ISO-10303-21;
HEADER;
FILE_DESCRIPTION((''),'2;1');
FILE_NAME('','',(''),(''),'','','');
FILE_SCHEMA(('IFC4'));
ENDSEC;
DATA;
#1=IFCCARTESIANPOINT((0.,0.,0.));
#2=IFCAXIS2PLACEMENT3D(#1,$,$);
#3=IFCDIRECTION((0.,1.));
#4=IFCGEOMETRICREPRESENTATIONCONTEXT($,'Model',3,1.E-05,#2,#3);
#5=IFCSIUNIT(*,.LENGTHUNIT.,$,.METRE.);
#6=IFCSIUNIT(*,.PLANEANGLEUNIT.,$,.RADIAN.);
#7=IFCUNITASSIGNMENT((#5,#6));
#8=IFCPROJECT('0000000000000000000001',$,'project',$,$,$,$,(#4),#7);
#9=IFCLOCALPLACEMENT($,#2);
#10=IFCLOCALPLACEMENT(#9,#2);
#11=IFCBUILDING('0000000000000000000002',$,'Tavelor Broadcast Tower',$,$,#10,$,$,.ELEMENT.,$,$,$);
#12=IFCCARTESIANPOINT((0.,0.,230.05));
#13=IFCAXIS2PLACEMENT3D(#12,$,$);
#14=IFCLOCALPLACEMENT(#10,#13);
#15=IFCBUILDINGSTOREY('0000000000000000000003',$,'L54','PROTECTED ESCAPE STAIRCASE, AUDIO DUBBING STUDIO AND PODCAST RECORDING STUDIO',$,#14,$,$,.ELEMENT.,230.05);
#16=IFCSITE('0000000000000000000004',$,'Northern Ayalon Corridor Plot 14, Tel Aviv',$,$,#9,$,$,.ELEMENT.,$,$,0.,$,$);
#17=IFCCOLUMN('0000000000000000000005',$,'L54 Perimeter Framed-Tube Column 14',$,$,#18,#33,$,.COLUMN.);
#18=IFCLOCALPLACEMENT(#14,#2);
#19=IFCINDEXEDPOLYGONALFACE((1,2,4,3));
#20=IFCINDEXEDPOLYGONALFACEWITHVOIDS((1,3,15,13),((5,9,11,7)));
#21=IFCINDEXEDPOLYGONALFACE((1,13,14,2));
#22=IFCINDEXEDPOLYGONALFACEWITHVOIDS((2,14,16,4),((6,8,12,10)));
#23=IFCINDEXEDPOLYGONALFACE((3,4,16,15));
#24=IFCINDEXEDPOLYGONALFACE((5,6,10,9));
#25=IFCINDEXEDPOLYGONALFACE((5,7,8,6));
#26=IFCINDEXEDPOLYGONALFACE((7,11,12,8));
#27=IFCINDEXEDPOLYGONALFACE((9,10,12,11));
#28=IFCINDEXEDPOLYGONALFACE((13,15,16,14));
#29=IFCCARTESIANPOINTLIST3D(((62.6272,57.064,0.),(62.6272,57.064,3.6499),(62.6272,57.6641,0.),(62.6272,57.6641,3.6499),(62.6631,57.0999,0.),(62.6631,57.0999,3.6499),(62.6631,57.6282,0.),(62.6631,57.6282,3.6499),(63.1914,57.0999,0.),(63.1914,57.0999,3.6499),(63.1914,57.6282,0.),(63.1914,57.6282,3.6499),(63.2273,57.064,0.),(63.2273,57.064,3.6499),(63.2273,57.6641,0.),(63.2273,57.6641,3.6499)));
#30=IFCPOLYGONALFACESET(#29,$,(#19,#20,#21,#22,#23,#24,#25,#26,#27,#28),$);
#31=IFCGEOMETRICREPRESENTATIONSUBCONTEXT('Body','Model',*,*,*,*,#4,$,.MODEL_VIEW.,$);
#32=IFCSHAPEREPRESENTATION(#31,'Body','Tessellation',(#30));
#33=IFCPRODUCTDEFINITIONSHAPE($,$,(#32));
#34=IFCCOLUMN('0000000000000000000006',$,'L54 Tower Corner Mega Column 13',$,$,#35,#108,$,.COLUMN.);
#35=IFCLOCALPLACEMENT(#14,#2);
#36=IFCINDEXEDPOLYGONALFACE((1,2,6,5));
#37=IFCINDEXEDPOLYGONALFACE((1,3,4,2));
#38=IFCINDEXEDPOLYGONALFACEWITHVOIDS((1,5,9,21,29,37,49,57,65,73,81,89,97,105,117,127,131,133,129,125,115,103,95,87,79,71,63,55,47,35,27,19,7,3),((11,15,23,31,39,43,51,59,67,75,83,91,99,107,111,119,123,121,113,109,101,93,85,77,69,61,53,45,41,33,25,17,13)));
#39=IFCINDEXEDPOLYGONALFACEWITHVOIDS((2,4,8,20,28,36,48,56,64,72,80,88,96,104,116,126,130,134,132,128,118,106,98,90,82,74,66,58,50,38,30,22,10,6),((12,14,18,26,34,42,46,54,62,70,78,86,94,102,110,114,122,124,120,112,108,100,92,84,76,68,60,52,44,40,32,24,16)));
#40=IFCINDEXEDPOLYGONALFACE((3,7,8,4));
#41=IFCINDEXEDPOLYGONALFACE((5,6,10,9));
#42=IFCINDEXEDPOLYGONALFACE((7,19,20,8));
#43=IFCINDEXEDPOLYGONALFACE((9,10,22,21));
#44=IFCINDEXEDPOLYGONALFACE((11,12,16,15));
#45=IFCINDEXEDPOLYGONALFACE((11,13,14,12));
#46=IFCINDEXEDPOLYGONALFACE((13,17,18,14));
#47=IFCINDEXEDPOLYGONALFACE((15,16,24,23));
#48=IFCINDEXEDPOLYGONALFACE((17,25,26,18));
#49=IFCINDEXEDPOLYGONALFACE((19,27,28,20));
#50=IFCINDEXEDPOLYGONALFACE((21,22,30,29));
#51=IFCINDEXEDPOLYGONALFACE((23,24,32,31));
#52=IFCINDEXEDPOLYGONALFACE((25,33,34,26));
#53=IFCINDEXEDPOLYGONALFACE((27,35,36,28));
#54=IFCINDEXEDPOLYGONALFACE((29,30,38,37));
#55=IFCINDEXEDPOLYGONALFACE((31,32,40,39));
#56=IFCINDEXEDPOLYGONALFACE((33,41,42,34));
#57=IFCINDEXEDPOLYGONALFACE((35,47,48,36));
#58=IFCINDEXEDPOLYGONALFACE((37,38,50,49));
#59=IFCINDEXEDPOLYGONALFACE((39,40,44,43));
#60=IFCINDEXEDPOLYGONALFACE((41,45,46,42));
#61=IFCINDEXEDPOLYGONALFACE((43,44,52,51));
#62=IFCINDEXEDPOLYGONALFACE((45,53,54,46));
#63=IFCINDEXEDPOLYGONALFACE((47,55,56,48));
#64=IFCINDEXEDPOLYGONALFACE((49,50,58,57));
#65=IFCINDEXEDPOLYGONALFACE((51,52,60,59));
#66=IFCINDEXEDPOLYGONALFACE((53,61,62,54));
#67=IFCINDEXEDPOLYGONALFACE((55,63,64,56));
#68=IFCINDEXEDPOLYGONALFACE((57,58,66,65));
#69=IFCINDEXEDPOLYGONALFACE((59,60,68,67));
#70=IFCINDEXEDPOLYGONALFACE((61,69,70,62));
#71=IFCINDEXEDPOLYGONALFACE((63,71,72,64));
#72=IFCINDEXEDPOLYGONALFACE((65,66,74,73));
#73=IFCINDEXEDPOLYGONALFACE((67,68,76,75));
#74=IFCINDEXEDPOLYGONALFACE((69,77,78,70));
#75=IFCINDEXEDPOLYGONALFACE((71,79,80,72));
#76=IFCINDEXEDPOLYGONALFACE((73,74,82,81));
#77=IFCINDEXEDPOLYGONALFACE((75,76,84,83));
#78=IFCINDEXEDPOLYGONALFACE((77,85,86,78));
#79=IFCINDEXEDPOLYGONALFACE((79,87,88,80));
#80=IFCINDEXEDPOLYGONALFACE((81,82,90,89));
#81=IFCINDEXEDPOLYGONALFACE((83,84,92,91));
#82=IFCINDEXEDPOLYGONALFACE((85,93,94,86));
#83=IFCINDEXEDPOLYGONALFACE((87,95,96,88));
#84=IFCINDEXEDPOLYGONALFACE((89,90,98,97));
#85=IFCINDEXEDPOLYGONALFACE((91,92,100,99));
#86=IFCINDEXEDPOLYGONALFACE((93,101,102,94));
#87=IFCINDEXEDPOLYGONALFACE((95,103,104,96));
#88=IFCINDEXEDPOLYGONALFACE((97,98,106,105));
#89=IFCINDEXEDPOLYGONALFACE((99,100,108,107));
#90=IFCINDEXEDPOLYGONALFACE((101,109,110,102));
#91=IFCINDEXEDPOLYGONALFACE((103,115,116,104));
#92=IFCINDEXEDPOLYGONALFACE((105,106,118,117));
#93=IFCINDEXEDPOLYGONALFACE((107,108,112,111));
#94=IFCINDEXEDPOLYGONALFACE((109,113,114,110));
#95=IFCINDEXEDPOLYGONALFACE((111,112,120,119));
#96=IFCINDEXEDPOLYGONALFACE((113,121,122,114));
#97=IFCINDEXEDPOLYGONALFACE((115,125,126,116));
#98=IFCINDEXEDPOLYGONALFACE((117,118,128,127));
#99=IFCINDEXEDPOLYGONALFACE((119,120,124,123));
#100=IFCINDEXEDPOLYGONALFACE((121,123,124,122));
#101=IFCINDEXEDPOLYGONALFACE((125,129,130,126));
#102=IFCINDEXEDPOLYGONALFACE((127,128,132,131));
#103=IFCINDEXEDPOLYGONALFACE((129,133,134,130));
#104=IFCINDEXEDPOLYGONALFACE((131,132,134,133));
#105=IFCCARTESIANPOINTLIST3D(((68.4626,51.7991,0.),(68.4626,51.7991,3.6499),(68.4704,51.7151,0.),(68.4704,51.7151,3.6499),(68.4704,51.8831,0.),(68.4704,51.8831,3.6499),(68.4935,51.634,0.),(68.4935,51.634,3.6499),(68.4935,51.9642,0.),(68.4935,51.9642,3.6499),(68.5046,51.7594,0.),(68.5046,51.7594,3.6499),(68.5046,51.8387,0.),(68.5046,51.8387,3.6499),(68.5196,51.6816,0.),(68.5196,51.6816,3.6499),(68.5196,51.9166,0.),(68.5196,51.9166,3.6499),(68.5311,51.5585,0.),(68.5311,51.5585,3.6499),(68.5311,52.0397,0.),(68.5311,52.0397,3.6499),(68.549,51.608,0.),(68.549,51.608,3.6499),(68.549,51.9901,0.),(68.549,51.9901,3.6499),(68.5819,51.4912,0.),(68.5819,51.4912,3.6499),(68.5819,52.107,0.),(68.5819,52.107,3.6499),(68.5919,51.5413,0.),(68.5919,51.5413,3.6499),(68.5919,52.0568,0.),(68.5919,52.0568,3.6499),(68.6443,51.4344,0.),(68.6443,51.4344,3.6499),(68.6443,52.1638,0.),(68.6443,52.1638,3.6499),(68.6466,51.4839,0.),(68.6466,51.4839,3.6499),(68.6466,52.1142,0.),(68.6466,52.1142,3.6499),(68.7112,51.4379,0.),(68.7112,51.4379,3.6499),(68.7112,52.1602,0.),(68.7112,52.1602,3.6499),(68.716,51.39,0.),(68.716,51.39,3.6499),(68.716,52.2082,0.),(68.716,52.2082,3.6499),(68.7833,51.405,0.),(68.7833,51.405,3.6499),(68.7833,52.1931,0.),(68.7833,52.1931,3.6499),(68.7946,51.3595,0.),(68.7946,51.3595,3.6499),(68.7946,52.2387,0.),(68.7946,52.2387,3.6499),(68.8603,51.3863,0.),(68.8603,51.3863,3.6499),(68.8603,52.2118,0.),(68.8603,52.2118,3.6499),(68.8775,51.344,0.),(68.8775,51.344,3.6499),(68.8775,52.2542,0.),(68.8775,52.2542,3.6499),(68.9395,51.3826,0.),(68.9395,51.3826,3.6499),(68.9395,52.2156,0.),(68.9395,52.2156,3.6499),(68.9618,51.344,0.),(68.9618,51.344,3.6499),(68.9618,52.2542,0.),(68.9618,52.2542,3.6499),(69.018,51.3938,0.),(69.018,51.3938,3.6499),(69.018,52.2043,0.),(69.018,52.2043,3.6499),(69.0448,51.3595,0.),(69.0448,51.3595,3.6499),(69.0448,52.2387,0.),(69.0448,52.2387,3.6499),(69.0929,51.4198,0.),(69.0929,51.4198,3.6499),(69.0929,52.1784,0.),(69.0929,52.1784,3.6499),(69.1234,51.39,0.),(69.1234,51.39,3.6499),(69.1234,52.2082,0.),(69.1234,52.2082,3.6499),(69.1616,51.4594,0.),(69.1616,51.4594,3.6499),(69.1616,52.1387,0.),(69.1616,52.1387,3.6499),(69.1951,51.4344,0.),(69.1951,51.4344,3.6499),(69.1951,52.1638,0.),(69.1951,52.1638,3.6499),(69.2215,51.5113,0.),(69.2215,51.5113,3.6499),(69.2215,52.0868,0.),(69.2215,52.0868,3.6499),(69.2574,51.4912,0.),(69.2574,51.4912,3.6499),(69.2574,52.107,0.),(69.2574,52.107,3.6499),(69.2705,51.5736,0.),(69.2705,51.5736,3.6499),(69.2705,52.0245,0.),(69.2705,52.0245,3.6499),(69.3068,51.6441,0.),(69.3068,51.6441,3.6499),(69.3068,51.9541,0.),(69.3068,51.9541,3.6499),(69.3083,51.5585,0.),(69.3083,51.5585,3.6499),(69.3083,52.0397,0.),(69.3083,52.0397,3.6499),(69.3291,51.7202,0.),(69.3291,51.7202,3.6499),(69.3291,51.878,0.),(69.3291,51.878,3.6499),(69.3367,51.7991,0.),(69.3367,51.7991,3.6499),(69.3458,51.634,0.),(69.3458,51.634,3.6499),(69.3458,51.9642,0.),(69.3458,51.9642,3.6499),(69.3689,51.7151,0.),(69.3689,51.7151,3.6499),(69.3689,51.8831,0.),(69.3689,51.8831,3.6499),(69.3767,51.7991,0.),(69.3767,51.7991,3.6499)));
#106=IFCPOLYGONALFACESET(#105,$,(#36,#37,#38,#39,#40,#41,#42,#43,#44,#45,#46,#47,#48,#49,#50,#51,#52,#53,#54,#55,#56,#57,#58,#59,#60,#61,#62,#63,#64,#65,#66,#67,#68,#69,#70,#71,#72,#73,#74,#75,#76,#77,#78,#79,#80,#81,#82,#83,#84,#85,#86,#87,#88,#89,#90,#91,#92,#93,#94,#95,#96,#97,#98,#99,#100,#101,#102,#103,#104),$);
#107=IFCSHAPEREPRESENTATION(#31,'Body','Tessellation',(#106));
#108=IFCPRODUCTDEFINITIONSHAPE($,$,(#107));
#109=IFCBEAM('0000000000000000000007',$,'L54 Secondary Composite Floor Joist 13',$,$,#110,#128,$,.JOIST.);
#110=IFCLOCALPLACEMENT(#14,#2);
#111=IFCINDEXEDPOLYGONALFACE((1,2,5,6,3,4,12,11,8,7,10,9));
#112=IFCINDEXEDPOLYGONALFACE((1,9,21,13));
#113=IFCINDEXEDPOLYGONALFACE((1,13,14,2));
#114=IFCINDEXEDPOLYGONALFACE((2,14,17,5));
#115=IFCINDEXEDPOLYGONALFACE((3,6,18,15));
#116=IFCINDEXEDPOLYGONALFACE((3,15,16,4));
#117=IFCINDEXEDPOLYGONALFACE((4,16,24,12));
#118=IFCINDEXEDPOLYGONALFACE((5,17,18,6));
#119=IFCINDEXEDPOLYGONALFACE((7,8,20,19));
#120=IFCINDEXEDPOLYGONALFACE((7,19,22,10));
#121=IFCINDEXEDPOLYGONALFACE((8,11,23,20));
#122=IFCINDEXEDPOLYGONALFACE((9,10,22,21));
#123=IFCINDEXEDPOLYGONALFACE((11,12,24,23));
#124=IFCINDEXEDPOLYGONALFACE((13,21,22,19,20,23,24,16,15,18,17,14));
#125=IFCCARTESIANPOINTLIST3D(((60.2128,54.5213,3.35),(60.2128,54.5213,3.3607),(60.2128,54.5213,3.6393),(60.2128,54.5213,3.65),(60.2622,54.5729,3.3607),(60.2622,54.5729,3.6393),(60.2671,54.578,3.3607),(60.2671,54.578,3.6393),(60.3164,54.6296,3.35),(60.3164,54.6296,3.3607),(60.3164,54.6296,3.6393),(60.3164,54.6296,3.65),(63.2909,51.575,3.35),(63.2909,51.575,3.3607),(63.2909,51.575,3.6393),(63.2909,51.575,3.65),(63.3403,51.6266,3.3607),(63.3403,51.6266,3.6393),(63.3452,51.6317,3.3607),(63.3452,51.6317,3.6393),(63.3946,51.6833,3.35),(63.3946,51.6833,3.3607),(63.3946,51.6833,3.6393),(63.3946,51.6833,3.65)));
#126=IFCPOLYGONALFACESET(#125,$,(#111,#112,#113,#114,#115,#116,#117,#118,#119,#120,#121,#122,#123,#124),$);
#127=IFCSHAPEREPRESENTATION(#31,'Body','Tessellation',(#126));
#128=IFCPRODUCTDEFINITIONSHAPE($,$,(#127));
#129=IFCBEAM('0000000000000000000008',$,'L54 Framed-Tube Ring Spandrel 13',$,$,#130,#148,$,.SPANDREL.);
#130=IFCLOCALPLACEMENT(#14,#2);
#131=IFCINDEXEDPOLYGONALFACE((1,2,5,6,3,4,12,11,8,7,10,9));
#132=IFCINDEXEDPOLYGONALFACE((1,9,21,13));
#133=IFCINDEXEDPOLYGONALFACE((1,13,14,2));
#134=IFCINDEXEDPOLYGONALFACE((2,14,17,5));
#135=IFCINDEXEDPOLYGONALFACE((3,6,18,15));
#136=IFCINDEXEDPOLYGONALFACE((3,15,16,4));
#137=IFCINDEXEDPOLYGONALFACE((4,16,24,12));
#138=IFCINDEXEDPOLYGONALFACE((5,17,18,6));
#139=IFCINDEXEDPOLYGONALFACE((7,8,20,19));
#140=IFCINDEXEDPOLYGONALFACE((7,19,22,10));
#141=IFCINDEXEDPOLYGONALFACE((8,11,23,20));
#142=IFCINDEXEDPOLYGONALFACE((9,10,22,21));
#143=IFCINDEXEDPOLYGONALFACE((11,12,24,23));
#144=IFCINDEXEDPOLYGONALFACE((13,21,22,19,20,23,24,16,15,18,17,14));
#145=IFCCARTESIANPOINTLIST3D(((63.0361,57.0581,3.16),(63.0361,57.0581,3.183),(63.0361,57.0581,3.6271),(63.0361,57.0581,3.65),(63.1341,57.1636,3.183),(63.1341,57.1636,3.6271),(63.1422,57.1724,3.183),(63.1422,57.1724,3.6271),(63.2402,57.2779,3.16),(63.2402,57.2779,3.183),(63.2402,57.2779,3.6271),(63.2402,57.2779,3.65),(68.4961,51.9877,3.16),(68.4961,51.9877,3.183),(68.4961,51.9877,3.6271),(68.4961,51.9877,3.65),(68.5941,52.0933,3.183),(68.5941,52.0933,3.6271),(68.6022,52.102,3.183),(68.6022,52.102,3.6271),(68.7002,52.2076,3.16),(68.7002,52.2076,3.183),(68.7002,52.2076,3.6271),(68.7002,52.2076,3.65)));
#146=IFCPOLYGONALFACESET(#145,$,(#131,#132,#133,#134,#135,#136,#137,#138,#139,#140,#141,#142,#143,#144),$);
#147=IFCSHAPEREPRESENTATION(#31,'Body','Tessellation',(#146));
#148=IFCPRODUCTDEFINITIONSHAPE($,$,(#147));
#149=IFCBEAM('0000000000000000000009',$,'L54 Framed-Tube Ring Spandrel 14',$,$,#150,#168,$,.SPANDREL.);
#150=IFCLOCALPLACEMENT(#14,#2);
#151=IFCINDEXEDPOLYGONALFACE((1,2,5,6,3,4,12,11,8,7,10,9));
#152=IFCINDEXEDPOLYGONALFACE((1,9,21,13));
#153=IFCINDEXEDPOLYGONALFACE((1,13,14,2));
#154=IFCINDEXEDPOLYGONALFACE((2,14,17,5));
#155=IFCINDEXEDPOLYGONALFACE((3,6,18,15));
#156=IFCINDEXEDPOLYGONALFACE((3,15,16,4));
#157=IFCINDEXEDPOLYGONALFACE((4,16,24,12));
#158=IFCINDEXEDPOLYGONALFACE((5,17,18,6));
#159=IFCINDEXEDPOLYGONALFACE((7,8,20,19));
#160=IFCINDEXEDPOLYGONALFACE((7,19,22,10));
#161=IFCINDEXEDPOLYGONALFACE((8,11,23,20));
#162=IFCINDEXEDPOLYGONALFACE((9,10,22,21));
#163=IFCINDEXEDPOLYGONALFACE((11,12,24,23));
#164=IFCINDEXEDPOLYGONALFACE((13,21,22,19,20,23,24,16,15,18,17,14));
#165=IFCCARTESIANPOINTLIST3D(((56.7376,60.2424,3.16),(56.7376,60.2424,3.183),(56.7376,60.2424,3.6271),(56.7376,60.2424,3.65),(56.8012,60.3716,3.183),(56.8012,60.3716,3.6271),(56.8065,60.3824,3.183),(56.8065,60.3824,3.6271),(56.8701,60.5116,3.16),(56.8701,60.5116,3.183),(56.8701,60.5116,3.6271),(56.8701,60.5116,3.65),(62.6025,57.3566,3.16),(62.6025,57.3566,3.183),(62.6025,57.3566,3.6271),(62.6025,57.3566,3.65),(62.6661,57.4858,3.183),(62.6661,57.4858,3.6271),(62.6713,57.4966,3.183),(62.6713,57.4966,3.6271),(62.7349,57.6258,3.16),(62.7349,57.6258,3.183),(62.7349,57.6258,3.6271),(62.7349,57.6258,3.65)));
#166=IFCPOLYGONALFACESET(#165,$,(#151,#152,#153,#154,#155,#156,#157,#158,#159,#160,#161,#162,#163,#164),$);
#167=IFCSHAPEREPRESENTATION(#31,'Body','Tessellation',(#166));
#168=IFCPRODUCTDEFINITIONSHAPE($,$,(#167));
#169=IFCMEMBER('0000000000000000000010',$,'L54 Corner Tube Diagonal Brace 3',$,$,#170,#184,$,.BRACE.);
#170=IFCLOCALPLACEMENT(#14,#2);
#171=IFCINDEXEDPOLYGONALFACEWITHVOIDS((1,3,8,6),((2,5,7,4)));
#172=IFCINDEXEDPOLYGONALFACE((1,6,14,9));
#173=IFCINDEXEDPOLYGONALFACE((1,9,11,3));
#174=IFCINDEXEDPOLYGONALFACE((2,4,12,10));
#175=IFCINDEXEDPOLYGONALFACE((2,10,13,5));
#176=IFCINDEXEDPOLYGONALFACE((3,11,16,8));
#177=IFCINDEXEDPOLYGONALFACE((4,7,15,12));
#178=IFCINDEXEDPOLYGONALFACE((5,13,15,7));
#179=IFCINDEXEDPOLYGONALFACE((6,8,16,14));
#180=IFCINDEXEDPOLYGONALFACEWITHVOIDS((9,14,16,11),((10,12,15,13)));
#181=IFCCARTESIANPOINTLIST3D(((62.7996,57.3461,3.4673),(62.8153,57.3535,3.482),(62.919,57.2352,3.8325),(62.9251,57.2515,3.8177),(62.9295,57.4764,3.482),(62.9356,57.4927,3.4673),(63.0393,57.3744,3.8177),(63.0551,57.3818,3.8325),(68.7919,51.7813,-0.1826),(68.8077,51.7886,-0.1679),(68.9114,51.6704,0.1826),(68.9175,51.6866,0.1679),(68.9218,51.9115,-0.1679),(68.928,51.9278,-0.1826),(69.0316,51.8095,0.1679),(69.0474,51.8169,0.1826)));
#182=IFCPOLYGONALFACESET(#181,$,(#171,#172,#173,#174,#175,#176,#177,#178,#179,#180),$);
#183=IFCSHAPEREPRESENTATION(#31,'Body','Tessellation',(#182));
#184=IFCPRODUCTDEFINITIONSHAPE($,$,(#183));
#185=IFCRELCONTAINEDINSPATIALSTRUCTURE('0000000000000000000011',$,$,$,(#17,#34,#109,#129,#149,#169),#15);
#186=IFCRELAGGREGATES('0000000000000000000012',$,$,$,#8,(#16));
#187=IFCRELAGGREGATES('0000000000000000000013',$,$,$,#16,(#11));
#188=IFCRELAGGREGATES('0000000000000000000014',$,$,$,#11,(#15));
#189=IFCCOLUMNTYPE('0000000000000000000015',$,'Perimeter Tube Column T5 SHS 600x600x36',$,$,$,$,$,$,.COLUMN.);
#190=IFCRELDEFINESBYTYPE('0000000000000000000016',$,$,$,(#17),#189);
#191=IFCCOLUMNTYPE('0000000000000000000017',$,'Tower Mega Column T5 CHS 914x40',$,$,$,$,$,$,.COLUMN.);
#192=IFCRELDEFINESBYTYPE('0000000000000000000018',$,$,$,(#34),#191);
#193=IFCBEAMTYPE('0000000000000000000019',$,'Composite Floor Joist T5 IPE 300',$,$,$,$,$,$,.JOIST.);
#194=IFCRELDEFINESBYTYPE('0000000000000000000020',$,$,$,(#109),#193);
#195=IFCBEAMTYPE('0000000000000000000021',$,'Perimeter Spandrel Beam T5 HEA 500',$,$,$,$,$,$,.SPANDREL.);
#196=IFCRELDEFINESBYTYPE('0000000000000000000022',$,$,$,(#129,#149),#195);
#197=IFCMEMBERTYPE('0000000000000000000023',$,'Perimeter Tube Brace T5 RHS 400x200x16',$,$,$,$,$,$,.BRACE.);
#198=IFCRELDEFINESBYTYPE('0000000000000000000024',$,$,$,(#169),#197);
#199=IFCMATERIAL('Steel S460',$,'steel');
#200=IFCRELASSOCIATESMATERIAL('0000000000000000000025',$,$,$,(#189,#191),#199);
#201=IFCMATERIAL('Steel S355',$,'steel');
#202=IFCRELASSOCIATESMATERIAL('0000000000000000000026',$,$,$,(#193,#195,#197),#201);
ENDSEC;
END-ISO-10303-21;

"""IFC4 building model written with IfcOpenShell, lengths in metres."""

from ifc_helpers import new_model, si_unit, direction, frame, origin, origin_2d, place, context, subcontext, project, spatial, hollow_rectangle, hollow_circle, i_section, extrude, material, material_profile, profile_set, type_object, element, save


model = new_model("IFC4")

# Units and contexts
model_context = context("Model", 3, precision=1e-05, world=origin(), true_north=direction((0.0, 1.0)))
body_context = subcontext(model_context, "Body", "Model", "MODEL_VIEW")
ifc_project = project(units=[si_unit("LENGTHUNIT", "METRE"), si_unit("PLANEANGLEUNIT", "RADIAN")], contexts=[model_context])

# Site, building, storey
site_placement = place(None, origin())
site = spatial("IfcSite", under=ifc_project, at=site_placement, Name="Northern Ayalon Corridor Plot 14, Tel Aviv", CompositionType="ELEMENT", RefElevation=0.0)
building_placement = place(site_placement, origin())
building = spatial("IfcBuilding", under=site, at=building_placement, Name="Tavelor Broadcast Tower", CompositionType="ELEMENT")
storey_placement = place(building_placement, frame((0.0, 0.0, 230.05)))
storey = spatial("IfcBuildingStorey", under=building, at=storey_placement, Name="L54", Description="PROTECTED ESCAPE STAIRCASE, AUDIO DUBBING STUDIO AND PODCAST RECORDING STUDIO", CompositionType="ELEMENT", Elevation=230.05)

# Columns
ifc_material_1 = material(Name="Steel S460", Category="steel")
ifc_material_profile_1 = material_profile(ifc_material_1, hollow_rectangle(XDim=0.6001, YDim=0.6001, WallThickness=0.0359, at=origin_2d()), Name="SHS 600x600x36")
ifc_profile_set_1 = profile_set([ifc_material_profile_1], Name="Steel S460")
column_type_1 = type_object("IfcColumnType", Name="Perimeter Tube Column T5 SHS 600x600x36", PredefinedType="COLUMN", material=ifc_profile_set_1)
column_1_placement = place(storey_placement, frame((62.9272, 57.364, 0.0), z_axis=(0.0, 0.0, 1.0), x_axis=(1.0, 0.0, 0.0)))
element("IfcColumn", 1, at=column_1_placement, inside=storey, type_object=column_type_1, Name="L54 Perimeter Framed-Tube Column 14", PredefinedType="COLUMN", context=body_context, shape_type="SweptSolid", body=[
    extrude(hollow_rectangle(XDim=0.6001, YDim=0.6001, WallThickness=0.0359, at=origin_2d()), origin(), (0.0, 0.0, 1.0), 3.6499),
])
ifc_material_profile_2 = material_profile(ifc_material_1, hollow_circle(Radius=0.457, WallThickness=0.04, at=origin_2d()), Name="CHS 914x40")
ifc_profile_set_2 = profile_set([ifc_material_profile_2], Name="Steel S460")
column_type_2 = type_object("IfcColumnType", Name="Tower Mega Column T5 CHS 914x40", PredefinedType="COLUMN", material=ifc_profile_set_2)
column_2_placement = place(storey_placement, frame((68.9197, 51.7991, 0.0), z_axis=(0.0, 0.0, 1.0), x_axis=(1.0, 0.0, 0.0)))
element("IfcColumn", 2, at=column_2_placement, inside=storey, type_object=column_type_2, Name="L54 Tower Corner Mega Column 13", PredefinedType="COLUMN", context=body_context, shape_type="SweptSolid", body=[
    extrude(hollow_circle(Radius=0.457, WallThickness=0.04, at=origin_2d()), origin(), (0.0, 0.0, 1.0), 3.6499),
])

# Beams
ifc_material_2 = material(Name="Steel S355", Category="steel")
ifc_material_profile_3 = material_profile(ifc_material_2, i_section(OverallWidth=0.1499, OverallDepth=0.3, WebThickness=0.0071, FlangeThickness=0.0107, at=origin_2d()), Name="IPE 300")
ifc_profile_set_3 = profile_set([ifc_material_profile_3], Name="Steel S355")
beam_type_1 = type_object("IfcBeamType", Name="Composite Floor Joist T5 IPE 300", PredefinedType="JOIST", material=ifc_profile_set_3)
beam_1_placement = place(storey_placement, frame((63.3428, 51.6292, 3.5), z_axis=(-0.722408, 0.691467, 0.0), x_axis=(-0.691467, -0.722408, 0.0)))
element("IfcBeam", 3, at=beam_1_placement, inside=storey, type_object=beam_type_1, Name="L54 Secondary Composite Floor Joist 13", PredefinedType="JOIST", context=body_context, shape_type="SweptSolid", body=[
    extrude(i_section(OverallWidth=0.1499, OverallDepth=0.3, WebThickness=0.0071, FlangeThickness=0.0107, at=origin_2d()), origin(), (0.0, 0.0, 1.0), 4.261),
])
ifc_material_profile_4 = material_profile(ifc_material_2, i_section(OverallWidth=0.3, OverallDepth=0.49, WebThickness=0.012, FlangeThickness=0.0229, at=origin_2d()), Name="HEA 500")
ifc_profile_set_4 = profile_set([ifc_material_profile_4], Name="Steel S355")
beam_type_2 = type_object("IfcBeamType", Name="Perimeter Spandrel Beam T5 HEA 500", PredefinedType="SPANDREL", material=ifc_profile_set_4)
beam_2_placement = place(storey_placement, frame((68.5981, 52.0977, 3.405), z_axis=(-0.73277, 0.680476, 0.0), x_axis=(-0.680476, -0.73277, 0.0)))
element("IfcBeam", 4, at=beam_2_placement, inside=storey, type_object=beam_type_2, Name="L54 Framed-Tube Ring Spandrel 13", PredefinedType="SPANDREL", context=body_context, shape_type="SweptSolid", body=[
    extrude(i_section(OverallWidth=0.3, OverallDepth=0.49, WebThickness=0.012, FlangeThickness=0.0229, at=origin_2d()), origin(), (0.0, 0.0, 1.0), 7.4512),
])
beam_3_placement = place(storey_placement, frame((62.6687, 57.4912, 3.405), z_axis=(-0.897263, 0.441497, 0.0), x_axis=(-0.441497, -0.897263, 0.0)))
element("IfcBeam", 5, at=beam_3_placement, inside=storey, type_object=beam_type_2, Name="L54 Framed-Tube Ring Spandrel 14", PredefinedType="SPANDREL", context=body_context, shape_type="SweptSolid", body=[
    extrude(i_section(OverallWidth=0.3, OverallDepth=0.49, WebThickness=0.012, FlangeThickness=0.0229, at=origin_2d()), origin(), (0.0, 0.0, 1.0), 6.5364),
])

# Member
ifc_material_profile_5 = material_profile(ifc_material_2, hollow_rectangle(XDim=0.2, YDim=0.3999, WallThickness=0.0161, at=origin_2d()), Name="RHS 400x200x16")
ifc_profile_set_5 = profile_set([ifc_material_profile_5], Name="Steel S355")
member_type_1 = type_object("IfcMemberType", Name="Perimeter Tube Brace T5 RHS 400x200x16", PredefinedType="BRACE", material=ifc_profile_set_5)
member_1_placement = place(storey_placement, frame((68.9197, 51.7991, 0.0), z_axis=(-0.66914, 0.621405, 0.407563), x_axis=(-0.680487, -0.732761, 0.0)))
element("IfcMember", 6, at=member_1_placement, inside=storey, type_object=member_type_1, Name="L54 Corner Tube Diagonal Brace 3", PredefinedType="BRACE", context=body_context, shape_type="SweptSolid", body=[
    extrude(hollow_rectangle(XDim=0.2, YDim=0.3999, WallThickness=0.0161, at=origin_2d()), origin(), (0.0, 0.0, 1.0), 8.9553),
])

save(model, "model.ifc")
